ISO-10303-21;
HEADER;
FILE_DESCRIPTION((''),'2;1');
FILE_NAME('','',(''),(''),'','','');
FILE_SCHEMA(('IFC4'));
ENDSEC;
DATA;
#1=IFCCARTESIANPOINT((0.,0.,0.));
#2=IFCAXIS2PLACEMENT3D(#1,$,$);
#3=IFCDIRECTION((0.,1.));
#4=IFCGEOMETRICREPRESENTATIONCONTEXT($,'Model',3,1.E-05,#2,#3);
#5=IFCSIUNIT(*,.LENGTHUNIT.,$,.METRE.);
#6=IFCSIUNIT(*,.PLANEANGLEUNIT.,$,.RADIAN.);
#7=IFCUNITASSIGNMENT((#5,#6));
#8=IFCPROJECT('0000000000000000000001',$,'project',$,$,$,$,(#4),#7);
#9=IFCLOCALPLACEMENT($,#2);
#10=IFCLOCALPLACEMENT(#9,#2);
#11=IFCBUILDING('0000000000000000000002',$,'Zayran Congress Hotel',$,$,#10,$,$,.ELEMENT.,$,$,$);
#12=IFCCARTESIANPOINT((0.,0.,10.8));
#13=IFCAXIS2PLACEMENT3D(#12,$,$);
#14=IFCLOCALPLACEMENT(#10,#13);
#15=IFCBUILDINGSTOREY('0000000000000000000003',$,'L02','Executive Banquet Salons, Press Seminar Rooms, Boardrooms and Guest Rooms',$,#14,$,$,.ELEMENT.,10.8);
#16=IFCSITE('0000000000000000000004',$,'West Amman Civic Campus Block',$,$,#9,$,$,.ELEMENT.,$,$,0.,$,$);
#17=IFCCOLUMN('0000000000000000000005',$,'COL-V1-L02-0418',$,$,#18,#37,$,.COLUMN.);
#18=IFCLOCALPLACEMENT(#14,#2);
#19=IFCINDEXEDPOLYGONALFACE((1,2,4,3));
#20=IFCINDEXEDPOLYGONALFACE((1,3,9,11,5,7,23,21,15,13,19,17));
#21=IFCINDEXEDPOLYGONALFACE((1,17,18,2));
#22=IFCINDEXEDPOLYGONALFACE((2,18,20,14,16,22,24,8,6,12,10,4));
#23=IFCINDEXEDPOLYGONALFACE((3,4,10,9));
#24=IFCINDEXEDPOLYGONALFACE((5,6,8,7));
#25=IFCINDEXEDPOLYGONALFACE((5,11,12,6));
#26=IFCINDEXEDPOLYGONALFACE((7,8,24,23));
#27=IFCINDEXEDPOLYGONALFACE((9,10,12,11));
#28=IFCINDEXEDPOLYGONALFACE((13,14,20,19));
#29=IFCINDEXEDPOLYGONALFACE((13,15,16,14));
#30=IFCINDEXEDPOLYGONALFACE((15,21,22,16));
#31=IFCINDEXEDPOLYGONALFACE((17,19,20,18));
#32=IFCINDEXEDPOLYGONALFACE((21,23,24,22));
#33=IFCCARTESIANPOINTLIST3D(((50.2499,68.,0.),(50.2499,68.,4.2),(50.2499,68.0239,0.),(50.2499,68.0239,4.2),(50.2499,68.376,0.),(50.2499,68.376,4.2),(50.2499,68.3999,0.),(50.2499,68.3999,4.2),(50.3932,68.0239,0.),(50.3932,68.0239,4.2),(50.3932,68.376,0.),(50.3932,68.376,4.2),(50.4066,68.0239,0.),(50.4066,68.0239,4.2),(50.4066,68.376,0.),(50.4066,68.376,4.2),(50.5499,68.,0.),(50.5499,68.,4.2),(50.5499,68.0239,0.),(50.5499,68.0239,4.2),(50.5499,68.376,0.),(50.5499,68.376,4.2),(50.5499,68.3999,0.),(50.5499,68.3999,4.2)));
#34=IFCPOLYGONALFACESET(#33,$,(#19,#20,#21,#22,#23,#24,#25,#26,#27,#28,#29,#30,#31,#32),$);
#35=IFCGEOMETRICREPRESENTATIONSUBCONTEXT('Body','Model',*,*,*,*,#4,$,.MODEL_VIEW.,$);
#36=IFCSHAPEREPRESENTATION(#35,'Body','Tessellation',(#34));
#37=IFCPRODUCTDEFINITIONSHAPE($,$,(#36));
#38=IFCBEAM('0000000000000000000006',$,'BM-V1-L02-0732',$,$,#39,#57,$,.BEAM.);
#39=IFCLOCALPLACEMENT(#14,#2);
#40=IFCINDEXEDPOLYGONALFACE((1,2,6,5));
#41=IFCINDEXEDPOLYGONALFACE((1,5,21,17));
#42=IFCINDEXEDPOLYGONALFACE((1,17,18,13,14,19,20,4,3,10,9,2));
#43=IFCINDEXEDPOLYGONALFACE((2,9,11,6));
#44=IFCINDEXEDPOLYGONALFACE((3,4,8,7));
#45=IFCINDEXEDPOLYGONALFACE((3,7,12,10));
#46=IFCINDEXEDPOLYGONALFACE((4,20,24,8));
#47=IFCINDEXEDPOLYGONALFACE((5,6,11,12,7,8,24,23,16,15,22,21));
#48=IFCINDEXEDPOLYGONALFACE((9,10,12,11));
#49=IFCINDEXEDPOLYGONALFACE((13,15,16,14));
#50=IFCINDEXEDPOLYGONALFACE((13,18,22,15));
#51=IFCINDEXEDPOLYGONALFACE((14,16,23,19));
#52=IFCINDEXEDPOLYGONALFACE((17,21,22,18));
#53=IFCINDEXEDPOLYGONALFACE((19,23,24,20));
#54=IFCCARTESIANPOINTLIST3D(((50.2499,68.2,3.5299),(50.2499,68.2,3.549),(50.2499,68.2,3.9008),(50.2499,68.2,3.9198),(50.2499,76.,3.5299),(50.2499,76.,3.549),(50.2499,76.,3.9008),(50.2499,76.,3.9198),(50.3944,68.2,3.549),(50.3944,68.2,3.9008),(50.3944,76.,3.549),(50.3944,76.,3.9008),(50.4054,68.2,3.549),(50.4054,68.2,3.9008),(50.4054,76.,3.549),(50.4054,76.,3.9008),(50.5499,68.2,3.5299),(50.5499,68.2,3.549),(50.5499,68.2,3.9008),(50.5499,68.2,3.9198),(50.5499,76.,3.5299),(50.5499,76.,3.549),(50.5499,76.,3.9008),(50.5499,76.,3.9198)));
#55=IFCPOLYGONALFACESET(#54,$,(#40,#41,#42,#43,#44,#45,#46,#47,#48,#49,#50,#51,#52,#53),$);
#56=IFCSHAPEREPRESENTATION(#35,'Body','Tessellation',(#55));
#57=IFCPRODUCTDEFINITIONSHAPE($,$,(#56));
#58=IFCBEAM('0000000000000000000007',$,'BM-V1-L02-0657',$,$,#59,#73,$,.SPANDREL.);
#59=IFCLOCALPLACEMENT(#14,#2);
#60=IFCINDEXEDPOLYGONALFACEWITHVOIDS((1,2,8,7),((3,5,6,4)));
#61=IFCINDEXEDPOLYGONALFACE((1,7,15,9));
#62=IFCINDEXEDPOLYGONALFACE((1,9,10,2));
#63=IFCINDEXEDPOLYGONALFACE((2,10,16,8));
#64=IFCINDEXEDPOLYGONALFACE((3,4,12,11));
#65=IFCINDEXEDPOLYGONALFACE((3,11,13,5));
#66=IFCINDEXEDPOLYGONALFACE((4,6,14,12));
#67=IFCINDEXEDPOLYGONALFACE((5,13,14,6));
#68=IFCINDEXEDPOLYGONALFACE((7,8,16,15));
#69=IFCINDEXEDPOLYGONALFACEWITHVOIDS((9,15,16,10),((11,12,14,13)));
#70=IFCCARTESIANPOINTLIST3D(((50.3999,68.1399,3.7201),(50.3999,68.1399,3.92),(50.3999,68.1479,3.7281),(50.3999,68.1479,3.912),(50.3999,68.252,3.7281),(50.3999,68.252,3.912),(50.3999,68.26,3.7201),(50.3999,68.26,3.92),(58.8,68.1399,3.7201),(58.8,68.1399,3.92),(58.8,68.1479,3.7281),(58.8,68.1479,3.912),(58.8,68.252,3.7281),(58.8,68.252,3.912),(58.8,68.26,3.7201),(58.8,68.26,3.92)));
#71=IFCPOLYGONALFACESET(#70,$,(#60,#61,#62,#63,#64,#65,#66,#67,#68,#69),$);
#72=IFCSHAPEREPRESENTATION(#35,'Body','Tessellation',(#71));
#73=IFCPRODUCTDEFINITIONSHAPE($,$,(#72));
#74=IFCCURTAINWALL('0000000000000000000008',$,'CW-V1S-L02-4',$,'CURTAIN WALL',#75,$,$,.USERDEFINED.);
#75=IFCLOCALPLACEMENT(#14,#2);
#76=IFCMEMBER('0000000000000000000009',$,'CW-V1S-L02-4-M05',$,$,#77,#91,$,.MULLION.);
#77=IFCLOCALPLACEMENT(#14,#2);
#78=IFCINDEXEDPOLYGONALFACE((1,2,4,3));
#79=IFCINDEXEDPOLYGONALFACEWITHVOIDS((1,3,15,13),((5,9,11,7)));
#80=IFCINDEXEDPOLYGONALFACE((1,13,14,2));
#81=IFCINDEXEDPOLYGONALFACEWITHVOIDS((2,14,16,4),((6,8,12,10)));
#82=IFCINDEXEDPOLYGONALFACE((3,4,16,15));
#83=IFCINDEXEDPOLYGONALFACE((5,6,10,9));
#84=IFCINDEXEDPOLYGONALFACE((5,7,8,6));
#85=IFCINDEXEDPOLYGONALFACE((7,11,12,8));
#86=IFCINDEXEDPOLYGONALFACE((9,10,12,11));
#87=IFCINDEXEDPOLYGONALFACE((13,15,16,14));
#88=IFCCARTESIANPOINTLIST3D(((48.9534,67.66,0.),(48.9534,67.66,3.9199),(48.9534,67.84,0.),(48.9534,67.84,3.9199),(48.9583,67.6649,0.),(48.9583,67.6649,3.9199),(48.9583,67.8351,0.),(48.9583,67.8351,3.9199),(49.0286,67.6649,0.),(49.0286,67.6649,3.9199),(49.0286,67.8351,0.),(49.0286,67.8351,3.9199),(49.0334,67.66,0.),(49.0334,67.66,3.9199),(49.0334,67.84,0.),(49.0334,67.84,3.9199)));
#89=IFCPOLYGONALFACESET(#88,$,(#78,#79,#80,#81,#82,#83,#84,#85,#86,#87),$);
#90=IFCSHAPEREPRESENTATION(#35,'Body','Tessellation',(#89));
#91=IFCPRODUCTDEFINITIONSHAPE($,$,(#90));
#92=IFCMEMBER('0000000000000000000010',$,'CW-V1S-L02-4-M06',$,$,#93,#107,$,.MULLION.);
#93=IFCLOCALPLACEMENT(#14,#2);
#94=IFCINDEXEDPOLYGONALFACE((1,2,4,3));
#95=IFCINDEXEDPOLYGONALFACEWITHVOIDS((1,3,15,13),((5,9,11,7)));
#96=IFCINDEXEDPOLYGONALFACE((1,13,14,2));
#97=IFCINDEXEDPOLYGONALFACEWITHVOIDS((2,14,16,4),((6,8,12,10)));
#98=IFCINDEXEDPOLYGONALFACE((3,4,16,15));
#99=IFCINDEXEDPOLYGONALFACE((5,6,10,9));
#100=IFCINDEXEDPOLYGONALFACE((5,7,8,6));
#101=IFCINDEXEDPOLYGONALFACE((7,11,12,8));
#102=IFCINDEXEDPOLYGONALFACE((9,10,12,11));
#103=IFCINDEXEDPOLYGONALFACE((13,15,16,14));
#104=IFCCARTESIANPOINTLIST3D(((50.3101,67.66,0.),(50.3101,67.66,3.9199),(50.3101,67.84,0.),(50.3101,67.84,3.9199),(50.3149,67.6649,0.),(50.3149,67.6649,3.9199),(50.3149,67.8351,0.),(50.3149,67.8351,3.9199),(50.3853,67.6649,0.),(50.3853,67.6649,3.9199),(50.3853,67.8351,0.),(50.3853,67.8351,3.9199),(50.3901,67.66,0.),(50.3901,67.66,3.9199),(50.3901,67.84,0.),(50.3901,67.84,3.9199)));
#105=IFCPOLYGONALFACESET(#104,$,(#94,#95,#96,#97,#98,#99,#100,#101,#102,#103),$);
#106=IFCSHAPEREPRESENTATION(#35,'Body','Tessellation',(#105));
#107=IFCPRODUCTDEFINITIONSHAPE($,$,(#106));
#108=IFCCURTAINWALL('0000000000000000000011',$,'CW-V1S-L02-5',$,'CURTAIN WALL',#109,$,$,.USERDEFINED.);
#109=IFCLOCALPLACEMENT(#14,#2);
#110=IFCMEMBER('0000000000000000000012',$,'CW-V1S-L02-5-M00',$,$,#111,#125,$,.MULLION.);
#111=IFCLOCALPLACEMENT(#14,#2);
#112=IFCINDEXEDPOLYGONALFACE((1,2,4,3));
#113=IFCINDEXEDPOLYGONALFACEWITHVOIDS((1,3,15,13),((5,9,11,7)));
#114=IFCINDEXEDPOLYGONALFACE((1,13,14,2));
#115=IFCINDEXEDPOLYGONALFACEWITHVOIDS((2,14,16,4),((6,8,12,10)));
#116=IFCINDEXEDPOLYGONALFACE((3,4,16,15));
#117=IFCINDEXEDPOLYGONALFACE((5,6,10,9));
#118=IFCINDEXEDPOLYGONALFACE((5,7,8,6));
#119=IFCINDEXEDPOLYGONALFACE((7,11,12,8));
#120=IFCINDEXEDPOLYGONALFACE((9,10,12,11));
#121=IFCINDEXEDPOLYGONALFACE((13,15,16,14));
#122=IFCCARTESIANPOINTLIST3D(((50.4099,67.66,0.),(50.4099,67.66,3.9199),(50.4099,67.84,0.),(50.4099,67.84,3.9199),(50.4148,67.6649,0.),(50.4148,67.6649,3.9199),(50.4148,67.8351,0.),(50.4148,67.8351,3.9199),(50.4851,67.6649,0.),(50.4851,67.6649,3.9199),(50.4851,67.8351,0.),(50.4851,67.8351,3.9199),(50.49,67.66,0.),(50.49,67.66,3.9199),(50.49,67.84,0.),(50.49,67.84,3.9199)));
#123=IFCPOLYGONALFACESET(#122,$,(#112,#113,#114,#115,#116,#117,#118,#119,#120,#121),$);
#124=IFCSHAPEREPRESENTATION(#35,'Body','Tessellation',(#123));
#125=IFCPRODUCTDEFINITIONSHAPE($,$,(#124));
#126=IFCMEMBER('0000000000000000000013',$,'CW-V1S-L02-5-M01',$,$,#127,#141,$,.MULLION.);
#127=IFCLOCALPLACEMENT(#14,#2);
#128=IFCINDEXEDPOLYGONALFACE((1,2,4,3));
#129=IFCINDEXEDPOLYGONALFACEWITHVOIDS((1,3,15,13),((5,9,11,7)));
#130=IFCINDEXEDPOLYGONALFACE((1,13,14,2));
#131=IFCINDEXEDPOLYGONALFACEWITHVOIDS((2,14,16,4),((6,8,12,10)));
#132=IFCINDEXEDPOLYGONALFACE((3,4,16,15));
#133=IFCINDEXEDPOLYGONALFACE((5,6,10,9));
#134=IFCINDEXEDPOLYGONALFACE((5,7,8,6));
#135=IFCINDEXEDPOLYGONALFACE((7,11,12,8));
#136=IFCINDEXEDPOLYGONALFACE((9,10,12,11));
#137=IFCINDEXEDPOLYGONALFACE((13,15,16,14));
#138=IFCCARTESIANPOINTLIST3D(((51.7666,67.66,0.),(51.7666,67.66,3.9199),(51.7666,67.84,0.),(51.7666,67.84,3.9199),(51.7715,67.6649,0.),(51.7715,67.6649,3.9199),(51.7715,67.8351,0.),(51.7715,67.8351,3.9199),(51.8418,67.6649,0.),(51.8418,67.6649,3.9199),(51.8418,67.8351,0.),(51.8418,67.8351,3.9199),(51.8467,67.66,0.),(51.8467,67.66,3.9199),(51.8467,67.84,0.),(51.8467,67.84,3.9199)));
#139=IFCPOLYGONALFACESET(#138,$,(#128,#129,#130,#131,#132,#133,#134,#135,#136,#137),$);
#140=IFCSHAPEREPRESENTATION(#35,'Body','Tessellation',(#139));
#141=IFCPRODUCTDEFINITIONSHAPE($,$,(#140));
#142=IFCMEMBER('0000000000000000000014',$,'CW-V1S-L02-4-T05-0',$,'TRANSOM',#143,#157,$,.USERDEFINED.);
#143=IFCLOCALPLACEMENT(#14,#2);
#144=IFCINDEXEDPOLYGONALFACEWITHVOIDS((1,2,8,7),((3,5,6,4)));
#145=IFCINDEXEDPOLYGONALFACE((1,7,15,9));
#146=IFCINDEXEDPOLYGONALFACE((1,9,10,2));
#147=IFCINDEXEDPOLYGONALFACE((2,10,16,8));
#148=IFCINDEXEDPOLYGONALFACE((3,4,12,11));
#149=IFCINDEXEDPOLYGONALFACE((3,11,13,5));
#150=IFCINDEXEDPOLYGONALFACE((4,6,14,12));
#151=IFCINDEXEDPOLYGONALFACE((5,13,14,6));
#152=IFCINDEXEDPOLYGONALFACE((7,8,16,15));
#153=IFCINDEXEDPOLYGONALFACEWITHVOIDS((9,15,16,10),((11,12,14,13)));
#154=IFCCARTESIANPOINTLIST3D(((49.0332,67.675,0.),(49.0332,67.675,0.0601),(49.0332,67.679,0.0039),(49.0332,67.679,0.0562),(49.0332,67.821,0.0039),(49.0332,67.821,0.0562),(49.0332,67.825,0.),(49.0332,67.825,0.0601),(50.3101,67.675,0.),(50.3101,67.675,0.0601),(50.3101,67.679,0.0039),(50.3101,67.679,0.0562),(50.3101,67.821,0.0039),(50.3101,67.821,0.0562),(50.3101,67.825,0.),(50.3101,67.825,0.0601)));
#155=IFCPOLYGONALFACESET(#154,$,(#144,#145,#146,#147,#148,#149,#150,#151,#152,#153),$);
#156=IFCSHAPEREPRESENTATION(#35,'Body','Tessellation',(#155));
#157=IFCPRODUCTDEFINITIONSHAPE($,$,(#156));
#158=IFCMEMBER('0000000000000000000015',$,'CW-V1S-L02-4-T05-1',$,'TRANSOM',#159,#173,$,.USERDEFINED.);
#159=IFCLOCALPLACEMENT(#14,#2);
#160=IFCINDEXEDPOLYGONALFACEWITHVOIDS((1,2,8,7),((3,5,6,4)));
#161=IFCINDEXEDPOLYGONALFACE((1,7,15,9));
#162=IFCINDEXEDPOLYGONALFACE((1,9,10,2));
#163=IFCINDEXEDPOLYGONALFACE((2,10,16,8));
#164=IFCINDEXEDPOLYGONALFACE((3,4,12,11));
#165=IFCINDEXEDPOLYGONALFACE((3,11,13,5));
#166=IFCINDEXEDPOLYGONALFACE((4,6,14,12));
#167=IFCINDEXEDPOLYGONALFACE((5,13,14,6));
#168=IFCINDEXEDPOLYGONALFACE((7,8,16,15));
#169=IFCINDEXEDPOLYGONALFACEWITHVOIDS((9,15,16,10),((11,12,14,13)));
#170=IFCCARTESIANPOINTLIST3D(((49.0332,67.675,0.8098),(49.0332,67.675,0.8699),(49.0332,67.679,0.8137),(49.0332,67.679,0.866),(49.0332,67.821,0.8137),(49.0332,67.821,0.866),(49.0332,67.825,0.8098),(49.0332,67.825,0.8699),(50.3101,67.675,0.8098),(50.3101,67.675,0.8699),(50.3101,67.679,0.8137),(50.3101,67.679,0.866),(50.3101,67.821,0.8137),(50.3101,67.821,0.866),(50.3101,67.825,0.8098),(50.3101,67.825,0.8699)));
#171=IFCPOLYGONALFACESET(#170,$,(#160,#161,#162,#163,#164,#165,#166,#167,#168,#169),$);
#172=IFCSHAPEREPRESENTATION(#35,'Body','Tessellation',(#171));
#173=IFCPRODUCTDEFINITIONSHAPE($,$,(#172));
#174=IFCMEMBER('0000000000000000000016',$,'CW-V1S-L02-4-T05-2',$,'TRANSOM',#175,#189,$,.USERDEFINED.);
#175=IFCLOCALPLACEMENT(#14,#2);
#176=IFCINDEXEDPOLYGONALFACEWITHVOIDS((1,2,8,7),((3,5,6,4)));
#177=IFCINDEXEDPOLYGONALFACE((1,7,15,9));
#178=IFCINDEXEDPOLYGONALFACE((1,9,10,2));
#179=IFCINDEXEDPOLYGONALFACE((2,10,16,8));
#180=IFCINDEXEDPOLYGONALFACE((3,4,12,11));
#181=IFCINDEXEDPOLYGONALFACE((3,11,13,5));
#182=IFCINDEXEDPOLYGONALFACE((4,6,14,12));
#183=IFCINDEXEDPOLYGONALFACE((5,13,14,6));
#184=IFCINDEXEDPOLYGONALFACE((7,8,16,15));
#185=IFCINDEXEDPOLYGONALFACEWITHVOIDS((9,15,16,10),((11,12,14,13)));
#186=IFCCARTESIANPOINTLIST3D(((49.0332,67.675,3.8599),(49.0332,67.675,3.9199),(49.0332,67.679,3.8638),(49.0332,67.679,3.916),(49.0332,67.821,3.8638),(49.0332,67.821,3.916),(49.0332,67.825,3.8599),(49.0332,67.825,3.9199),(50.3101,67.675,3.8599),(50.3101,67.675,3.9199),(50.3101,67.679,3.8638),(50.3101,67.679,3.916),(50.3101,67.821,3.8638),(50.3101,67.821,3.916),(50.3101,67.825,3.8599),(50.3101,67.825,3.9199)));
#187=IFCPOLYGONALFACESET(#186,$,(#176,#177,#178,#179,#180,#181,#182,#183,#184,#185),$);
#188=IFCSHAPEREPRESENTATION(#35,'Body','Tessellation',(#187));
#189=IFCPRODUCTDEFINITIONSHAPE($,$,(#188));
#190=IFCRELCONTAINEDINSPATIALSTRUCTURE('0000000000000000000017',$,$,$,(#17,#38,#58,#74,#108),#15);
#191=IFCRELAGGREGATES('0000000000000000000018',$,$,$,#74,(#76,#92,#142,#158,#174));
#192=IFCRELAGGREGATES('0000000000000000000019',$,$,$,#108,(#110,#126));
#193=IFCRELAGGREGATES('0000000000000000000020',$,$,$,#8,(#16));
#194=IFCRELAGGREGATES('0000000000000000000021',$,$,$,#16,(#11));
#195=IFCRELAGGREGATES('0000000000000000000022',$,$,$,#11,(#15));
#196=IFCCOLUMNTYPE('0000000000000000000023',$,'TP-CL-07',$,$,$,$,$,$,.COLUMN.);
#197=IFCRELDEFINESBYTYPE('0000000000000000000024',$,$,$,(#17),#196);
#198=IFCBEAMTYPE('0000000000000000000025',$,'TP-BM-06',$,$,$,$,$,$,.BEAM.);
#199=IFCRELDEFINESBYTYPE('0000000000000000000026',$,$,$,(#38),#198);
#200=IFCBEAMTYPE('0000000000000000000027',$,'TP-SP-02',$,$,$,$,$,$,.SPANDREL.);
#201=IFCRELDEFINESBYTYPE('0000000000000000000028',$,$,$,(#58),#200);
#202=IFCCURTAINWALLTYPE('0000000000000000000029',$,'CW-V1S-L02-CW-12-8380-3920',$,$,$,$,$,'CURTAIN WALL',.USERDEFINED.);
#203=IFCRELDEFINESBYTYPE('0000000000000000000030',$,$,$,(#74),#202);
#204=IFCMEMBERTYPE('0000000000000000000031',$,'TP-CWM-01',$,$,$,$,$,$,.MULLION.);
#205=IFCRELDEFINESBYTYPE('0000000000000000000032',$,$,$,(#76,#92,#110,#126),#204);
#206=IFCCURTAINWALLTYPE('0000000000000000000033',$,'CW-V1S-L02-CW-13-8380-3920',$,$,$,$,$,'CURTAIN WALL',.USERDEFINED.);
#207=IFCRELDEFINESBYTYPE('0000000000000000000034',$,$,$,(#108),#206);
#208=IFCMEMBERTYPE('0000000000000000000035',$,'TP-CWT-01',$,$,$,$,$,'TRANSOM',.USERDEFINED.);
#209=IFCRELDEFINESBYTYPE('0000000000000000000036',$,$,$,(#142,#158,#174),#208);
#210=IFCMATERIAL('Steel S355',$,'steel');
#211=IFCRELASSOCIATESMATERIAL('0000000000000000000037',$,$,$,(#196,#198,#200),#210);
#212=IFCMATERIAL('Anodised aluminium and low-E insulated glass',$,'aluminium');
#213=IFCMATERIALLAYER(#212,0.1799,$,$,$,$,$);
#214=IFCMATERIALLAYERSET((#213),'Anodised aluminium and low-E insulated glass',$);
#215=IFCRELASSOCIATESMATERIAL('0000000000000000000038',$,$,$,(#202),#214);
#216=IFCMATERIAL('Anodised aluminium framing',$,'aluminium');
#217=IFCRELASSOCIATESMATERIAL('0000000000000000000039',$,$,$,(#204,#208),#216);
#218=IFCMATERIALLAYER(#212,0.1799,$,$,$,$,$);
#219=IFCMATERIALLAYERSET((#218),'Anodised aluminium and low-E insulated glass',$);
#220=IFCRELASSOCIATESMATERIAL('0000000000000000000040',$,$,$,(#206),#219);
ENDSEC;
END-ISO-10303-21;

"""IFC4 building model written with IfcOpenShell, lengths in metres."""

from ifc_helpers import new_model, si_unit, direction, frame, origin, origin_2d, place, context, subcontext, project, spatial, hollow_rectangle, i_section, extrude, material, layer, layer_set, material_profile, profile_set, type_object, element, aggregate, save


model = new_model("IFC4")

# Units and contexts
model_context = context("Model", 3, precision=1e-05, world=origin(), true_north=direction((0.0, 1.0)))
body_context = subcontext(model_context, "Body", "Model", "MODEL_VIEW")
ifc_project = project(units=[si_unit("LENGTHUNIT", "METRE"), si_unit("PLANEANGLEUNIT", "RADIAN")], contexts=[model_context])

# Site, building, storey
site_placement = place(None, origin())
site = spatial("IfcSite", under=ifc_project, at=site_placement, Name="West Amman Civic Campus Block", CompositionType="ELEMENT", RefElevation=0.0)
building_placement = place(site_placement, origin())
building = spatial("IfcBuilding", under=site, at=building_placement, Name="Zayran Congress Hotel", CompositionType="ELEMENT")
storey_placement = place(building_placement, frame((0.0, 0.0, 10.8)))
storey = spatial("IfcBuildingStorey", under=building, at=storey_placement, Name="L02", Description="Executive Banquet Salons, Press Seminar Rooms, Boardrooms and Guest Rooms", CompositionType="ELEMENT", Elevation=10.8)

# Column
ifc_material_1 = material(Name="Steel S355", Category="steel")
ifc_material_profile_1 = material_profile(ifc_material_1, i_section(OverallWidth=0.3, OverallDepth=0.3999, WebThickness=0.0134, FlangeThickness=0.0239, at=origin_2d()), Name="HEB 400")
ifc_profile_set_1 = profile_set([ifc_material_profile_1], Name="Steel S355")
column_type = type_object("IfcColumnType", Name="TP-CL-07", PredefinedType="COLUMN", material=ifc_profile_set_1)
column_placement = place(storey_placement, frame((50.3999, 68.2, 0.0), z_axis=(0.0, 0.0, 1.0), x_axis=(1.0, 0.0, 0.0)))
element("IfcColumn", 1, at=column_placement, inside=storey, type_object=column_type, Name="COL-V1-L02-0418", PredefinedType="COLUMN", context=body_context, shape_type="SweptSolid", body=[
    extrude(i_section(OverallWidth=0.3, OverallDepth=0.3999, WebThickness=0.0134, FlangeThickness=0.0239, at=origin_2d()), origin(), (0.0, 0.0, 1.0), 4.2),
])

# Beams
ifc_material_profile_2 = material_profile(ifc_material_1, i_section(OverallWidth=0.3, OverallDepth=0.3899, WebThickness=0.011, FlangeThickness=0.019, at=origin_2d()), Name="HEA 400")
ifc_profile_set_2 = profile_set([ifc_material_profile_2], Name="Steel S355")
beam_type_1 = type_object("IfcBeamType", Name="TP-BM-06", PredefinedType="BEAM", material=ifc_profile_set_2)
beam_1_placement = place(storey_placement, frame((50.3999, 68.2, 3.7249), z_axis=(0.0, 1.0, 0.0), x_axis=(-1.0, 0.0, 0.0)))
element("IfcBeam", 2, at=beam_1_placement, inside=storey, type_object=beam_type_1, Name="BM-V1-L02-0732", PredefinedType="BEAM", context=body_context, shape_type="SweptSolid", body=[
    extrude(i_section(OverallWidth=0.3, OverallDepth=0.3899, WebThickness=0.011, FlangeThickness=0.019, at=origin_2d()), origin(), (0.0, 0.0, 1.0), 7.8),
])
ifc_material_profile_3 = material_profile(ifc_material_1, hollow_rectangle(XDim=0.1201, YDim=0.2, WallThickness=0.0081, at=origin_2d()), Name="RHS 200x120x8")
ifc_profile_set_3 = profile_set([ifc_material_profile_3], Name="Steel S355")
beam_type_2 = type_object("IfcBeamType", Name="TP-SP-02", PredefinedType="SPANDREL", material=ifc_profile_set_3)
beam_2_placement = place(storey_placement, frame((50.3999, 68.2, 3.8201), z_axis=(1.0, 0.0, 0.0), x_axis=(0.0, 1.0, 0.0)))
element("IfcBeam", 3, at=beam_2_placement, inside=storey, type_object=beam_type_2, Name="BM-V1-L02-0657", PredefinedType="SPANDREL", context=body_context, shape_type="SweptSolid", body=[
    extrude(hollow_rectangle(XDim=0.1201, YDim=0.2, WallThickness=0.0081, at=origin_2d()), origin(), (0.0, 0.0, 1.0), 8.4001),
])

# Curtain walls, members
ifc_material_2 = material(Name="Anodised aluminium and low-E insulated glass", Category="aluminium")
ifc_layer_1 = layer(ifc_material_2, 0.1799)
ifc_layer_set_1 = layer_set([ifc_layer_1], Name="Anodised aluminium and low-E insulated glass")
curtain_wall_type_1 = type_object("IfcCurtainWallType", Name="CW-V1S-L02-CW-12-8380-3920", ElementType="CURTAIN WALL", PredefinedType="USERDEFINED", material=ifc_layer_set_1)
curtain_wall_1_placement = place(storey_placement, origin())
curtain_wall_1 = element("IfcCurtainWall", 4, at=curtain_wall_1_placement, inside=storey, type_object=curtain_wall_type_1, Name="CW-V1S-L02-4", ObjectType="CURTAIN WALL", PredefinedType="USERDEFINED")
ifc_material_3 = material(Name="Anodised aluminium framing", Category="aluminium")
ifc_material_profile_4 = material_profile(ifc_material_3, hollow_rectangle(XDim=0.0801, YDim=0.1799, WallThickness=0.0049, at=origin_2d()), Name="RHS 180x80x5")
ifc_profile_set_4 = profile_set([ifc_material_profile_4], Name="Anodised aluminium framing")
member_type_1 = type_object("IfcMemberType", Name="TP-CWM-01", PredefinedType="MULLION", material=ifc_profile_set_4)
member_1_placement = place(storey_placement, frame((48.9934, 67.75, 0.0), z_axis=(0.0, 0.0, 1.0), x_axis=(1.0, 0.0, 0.0)))
member_1 = element("IfcMember", 5, at=member_1_placement, type_object=member_type_1, Name="CW-V1S-L02-4-M05", PredefinedType="MULLION", context=body_context, shape_type="SweptSolid", body=[
    extrude(hollow_rectangle(XDim=0.0801, YDim=0.1799, WallThickness=0.0049, at=origin_2d()), origin(), (0.0, 0.0, 1.0), 3.9199),
])
member_2_placement = place(storey_placement, frame((50.3501, 67.75, 0.0), z_axis=(0.0, 0.0, 1.0), x_axis=(1.0, 0.0, 0.0)))
member_2 = element("IfcMember", 6, at=member_2_placement, type_object=member_type_1, Name="CW-V1S-L02-4-M06", PredefinedType="MULLION", context=body_context, shape_type="SweptSolid", body=[
    extrude(hollow_rectangle(XDim=0.0801, YDim=0.1799, WallThickness=0.0049, at=origin_2d()), origin(), (0.0, 0.0, 1.0), 3.9199),
])
ifc_layer_2 = layer(ifc_material_2, 0.1799)
ifc_layer_set_2 = layer_set([ifc_layer_2], Name="Anodised aluminium and low-E insulated glass")
curtain_wall_type_2 = type_object("IfcCurtainWallType", Name="CW-V1S-L02-CW-13-8380-3920", ElementType="CURTAIN WALL", PredefinedType="USERDEFINED", material=ifc_layer_set_2)
curtain_wall_2_placement = place(storey_placement, origin())
curtain_wall_2 = element("IfcCurtainWall", 7, at=curtain_wall_2_placement, inside=storey, type_object=curtain_wall_type_2, Name="CW-V1S-L02-5", ObjectType="CURTAIN WALL", PredefinedType="USERDEFINED")
member_3_placement = place(storey_placement, frame((50.45, 67.75, 0.0), z_axis=(0.0, 0.0, 1.0), x_axis=(1.0, 0.0, 0.0)))
member_3 = element("IfcMember", 8, at=member_3_placement, type_object=member_type_1, Name="CW-V1S-L02-5-M00", PredefinedType="MULLION", context=body_context, shape_type="SweptSolid", body=[
    extrude(hollow_rectangle(XDim=0.0801, YDim=0.1799, WallThickness=0.0049, at=origin_2d()), origin(), (0.0, 0.0, 1.0), 3.9199),
])
member_4_placement = place(storey_placement, frame((51.8066, 67.75, 0.0), z_axis=(0.0, 0.0, 1.0), x_axis=(1.0, 0.0, 0.0)))
member_4 = element("IfcMember", 9, at=member_4_placement, type_object=member_type_1, Name="CW-V1S-L02-5-M01", PredefinedType="MULLION", context=body_context, shape_type="SweptSolid", body=[
    extrude(hollow_rectangle(XDim=0.0801, YDim=0.1799, WallThickness=0.0049, at=origin_2d()), origin(), (0.0, 0.0, 1.0), 3.9199),
])

# Members
ifc_material_profile_5 = material_profile(ifc_material_3, hollow_rectangle(XDim=0.0601, YDim=0.1499, WallThickness=0.0039, at=origin_2d()), Name="RHS 150x60x4")
ifc_profile_set_5 = profile_set([ifc_material_profile_5], Name="Anodised aluminium framing")
member_type_2 = type_object("IfcMemberType", Name="TP-CWT-01", ElementType="TRANSOM", PredefinedType="USERDEFINED", material=ifc_profile_set_5)
member_5_placement = place(storey_placement, frame((49.0332, 67.75, 0.03), z_axis=(1.0, 0.0, 0.0), x_axis=(0.0, 0.0, 1.0)))
member_5 = element("IfcMember", 10, at=member_5_placement, type_object=member_type_2, Name="CW-V1S-L02-4-T05-0", ObjectType="TRANSOM", PredefinedType="USERDEFINED", context=body_context, shape_type="SweptSolid", body=[
    extrude(hollow_rectangle(XDim=0.0601, YDim=0.1499, WallThickness=0.0039, at=origin_2d()), origin(), (0.0, 0.0, 1.0), 1.2769),
])
member_6_placement = place(storey_placement, frame((49.0332, 67.75, 0.8398), z_axis=(1.0, 0.0, 0.0), x_axis=(0.0, 0.0, 1.0)))
member_6 = element("IfcMember", 11, at=member_6_placement, type_object=member_type_2, Name="CW-V1S-L02-4-T05-1", ObjectType="TRANSOM", PredefinedType="USERDEFINED", context=body_context, shape_type="SweptSolid", body=[
    extrude(hollow_rectangle(XDim=0.0601, YDim=0.1499, WallThickness=0.0039, at=origin_2d()), origin(), (0.0, 0.0, 1.0), 1.2769),
])
member_7_placement = place(storey_placement, frame((49.0332, 67.75, 3.8899), z_axis=(1.0, 0.0, 0.0), x_axis=(0.0, 0.0, 1.0)))
member_7 = element("IfcMember", 12, at=member_7_placement, type_object=member_type_2, Name="CW-V1S-L02-4-T05-2", ObjectType="TRANSOM", PredefinedType="USERDEFINED", context=body_context, shape_type="SweptSolid", body=[
    extrude(hollow_rectangle(XDim=0.0601, YDim=0.1499, WallThickness=0.0039, at=origin_2d()), origin(), (0.0, 0.0, 1.0), 1.2769),
])

aggregate(curtain_wall_1, [member_1, member_2, member_5, member_6, member_7])
aggregate(curtain_wall_2, [member_3, member_4])

save(model, "model.ifc")
